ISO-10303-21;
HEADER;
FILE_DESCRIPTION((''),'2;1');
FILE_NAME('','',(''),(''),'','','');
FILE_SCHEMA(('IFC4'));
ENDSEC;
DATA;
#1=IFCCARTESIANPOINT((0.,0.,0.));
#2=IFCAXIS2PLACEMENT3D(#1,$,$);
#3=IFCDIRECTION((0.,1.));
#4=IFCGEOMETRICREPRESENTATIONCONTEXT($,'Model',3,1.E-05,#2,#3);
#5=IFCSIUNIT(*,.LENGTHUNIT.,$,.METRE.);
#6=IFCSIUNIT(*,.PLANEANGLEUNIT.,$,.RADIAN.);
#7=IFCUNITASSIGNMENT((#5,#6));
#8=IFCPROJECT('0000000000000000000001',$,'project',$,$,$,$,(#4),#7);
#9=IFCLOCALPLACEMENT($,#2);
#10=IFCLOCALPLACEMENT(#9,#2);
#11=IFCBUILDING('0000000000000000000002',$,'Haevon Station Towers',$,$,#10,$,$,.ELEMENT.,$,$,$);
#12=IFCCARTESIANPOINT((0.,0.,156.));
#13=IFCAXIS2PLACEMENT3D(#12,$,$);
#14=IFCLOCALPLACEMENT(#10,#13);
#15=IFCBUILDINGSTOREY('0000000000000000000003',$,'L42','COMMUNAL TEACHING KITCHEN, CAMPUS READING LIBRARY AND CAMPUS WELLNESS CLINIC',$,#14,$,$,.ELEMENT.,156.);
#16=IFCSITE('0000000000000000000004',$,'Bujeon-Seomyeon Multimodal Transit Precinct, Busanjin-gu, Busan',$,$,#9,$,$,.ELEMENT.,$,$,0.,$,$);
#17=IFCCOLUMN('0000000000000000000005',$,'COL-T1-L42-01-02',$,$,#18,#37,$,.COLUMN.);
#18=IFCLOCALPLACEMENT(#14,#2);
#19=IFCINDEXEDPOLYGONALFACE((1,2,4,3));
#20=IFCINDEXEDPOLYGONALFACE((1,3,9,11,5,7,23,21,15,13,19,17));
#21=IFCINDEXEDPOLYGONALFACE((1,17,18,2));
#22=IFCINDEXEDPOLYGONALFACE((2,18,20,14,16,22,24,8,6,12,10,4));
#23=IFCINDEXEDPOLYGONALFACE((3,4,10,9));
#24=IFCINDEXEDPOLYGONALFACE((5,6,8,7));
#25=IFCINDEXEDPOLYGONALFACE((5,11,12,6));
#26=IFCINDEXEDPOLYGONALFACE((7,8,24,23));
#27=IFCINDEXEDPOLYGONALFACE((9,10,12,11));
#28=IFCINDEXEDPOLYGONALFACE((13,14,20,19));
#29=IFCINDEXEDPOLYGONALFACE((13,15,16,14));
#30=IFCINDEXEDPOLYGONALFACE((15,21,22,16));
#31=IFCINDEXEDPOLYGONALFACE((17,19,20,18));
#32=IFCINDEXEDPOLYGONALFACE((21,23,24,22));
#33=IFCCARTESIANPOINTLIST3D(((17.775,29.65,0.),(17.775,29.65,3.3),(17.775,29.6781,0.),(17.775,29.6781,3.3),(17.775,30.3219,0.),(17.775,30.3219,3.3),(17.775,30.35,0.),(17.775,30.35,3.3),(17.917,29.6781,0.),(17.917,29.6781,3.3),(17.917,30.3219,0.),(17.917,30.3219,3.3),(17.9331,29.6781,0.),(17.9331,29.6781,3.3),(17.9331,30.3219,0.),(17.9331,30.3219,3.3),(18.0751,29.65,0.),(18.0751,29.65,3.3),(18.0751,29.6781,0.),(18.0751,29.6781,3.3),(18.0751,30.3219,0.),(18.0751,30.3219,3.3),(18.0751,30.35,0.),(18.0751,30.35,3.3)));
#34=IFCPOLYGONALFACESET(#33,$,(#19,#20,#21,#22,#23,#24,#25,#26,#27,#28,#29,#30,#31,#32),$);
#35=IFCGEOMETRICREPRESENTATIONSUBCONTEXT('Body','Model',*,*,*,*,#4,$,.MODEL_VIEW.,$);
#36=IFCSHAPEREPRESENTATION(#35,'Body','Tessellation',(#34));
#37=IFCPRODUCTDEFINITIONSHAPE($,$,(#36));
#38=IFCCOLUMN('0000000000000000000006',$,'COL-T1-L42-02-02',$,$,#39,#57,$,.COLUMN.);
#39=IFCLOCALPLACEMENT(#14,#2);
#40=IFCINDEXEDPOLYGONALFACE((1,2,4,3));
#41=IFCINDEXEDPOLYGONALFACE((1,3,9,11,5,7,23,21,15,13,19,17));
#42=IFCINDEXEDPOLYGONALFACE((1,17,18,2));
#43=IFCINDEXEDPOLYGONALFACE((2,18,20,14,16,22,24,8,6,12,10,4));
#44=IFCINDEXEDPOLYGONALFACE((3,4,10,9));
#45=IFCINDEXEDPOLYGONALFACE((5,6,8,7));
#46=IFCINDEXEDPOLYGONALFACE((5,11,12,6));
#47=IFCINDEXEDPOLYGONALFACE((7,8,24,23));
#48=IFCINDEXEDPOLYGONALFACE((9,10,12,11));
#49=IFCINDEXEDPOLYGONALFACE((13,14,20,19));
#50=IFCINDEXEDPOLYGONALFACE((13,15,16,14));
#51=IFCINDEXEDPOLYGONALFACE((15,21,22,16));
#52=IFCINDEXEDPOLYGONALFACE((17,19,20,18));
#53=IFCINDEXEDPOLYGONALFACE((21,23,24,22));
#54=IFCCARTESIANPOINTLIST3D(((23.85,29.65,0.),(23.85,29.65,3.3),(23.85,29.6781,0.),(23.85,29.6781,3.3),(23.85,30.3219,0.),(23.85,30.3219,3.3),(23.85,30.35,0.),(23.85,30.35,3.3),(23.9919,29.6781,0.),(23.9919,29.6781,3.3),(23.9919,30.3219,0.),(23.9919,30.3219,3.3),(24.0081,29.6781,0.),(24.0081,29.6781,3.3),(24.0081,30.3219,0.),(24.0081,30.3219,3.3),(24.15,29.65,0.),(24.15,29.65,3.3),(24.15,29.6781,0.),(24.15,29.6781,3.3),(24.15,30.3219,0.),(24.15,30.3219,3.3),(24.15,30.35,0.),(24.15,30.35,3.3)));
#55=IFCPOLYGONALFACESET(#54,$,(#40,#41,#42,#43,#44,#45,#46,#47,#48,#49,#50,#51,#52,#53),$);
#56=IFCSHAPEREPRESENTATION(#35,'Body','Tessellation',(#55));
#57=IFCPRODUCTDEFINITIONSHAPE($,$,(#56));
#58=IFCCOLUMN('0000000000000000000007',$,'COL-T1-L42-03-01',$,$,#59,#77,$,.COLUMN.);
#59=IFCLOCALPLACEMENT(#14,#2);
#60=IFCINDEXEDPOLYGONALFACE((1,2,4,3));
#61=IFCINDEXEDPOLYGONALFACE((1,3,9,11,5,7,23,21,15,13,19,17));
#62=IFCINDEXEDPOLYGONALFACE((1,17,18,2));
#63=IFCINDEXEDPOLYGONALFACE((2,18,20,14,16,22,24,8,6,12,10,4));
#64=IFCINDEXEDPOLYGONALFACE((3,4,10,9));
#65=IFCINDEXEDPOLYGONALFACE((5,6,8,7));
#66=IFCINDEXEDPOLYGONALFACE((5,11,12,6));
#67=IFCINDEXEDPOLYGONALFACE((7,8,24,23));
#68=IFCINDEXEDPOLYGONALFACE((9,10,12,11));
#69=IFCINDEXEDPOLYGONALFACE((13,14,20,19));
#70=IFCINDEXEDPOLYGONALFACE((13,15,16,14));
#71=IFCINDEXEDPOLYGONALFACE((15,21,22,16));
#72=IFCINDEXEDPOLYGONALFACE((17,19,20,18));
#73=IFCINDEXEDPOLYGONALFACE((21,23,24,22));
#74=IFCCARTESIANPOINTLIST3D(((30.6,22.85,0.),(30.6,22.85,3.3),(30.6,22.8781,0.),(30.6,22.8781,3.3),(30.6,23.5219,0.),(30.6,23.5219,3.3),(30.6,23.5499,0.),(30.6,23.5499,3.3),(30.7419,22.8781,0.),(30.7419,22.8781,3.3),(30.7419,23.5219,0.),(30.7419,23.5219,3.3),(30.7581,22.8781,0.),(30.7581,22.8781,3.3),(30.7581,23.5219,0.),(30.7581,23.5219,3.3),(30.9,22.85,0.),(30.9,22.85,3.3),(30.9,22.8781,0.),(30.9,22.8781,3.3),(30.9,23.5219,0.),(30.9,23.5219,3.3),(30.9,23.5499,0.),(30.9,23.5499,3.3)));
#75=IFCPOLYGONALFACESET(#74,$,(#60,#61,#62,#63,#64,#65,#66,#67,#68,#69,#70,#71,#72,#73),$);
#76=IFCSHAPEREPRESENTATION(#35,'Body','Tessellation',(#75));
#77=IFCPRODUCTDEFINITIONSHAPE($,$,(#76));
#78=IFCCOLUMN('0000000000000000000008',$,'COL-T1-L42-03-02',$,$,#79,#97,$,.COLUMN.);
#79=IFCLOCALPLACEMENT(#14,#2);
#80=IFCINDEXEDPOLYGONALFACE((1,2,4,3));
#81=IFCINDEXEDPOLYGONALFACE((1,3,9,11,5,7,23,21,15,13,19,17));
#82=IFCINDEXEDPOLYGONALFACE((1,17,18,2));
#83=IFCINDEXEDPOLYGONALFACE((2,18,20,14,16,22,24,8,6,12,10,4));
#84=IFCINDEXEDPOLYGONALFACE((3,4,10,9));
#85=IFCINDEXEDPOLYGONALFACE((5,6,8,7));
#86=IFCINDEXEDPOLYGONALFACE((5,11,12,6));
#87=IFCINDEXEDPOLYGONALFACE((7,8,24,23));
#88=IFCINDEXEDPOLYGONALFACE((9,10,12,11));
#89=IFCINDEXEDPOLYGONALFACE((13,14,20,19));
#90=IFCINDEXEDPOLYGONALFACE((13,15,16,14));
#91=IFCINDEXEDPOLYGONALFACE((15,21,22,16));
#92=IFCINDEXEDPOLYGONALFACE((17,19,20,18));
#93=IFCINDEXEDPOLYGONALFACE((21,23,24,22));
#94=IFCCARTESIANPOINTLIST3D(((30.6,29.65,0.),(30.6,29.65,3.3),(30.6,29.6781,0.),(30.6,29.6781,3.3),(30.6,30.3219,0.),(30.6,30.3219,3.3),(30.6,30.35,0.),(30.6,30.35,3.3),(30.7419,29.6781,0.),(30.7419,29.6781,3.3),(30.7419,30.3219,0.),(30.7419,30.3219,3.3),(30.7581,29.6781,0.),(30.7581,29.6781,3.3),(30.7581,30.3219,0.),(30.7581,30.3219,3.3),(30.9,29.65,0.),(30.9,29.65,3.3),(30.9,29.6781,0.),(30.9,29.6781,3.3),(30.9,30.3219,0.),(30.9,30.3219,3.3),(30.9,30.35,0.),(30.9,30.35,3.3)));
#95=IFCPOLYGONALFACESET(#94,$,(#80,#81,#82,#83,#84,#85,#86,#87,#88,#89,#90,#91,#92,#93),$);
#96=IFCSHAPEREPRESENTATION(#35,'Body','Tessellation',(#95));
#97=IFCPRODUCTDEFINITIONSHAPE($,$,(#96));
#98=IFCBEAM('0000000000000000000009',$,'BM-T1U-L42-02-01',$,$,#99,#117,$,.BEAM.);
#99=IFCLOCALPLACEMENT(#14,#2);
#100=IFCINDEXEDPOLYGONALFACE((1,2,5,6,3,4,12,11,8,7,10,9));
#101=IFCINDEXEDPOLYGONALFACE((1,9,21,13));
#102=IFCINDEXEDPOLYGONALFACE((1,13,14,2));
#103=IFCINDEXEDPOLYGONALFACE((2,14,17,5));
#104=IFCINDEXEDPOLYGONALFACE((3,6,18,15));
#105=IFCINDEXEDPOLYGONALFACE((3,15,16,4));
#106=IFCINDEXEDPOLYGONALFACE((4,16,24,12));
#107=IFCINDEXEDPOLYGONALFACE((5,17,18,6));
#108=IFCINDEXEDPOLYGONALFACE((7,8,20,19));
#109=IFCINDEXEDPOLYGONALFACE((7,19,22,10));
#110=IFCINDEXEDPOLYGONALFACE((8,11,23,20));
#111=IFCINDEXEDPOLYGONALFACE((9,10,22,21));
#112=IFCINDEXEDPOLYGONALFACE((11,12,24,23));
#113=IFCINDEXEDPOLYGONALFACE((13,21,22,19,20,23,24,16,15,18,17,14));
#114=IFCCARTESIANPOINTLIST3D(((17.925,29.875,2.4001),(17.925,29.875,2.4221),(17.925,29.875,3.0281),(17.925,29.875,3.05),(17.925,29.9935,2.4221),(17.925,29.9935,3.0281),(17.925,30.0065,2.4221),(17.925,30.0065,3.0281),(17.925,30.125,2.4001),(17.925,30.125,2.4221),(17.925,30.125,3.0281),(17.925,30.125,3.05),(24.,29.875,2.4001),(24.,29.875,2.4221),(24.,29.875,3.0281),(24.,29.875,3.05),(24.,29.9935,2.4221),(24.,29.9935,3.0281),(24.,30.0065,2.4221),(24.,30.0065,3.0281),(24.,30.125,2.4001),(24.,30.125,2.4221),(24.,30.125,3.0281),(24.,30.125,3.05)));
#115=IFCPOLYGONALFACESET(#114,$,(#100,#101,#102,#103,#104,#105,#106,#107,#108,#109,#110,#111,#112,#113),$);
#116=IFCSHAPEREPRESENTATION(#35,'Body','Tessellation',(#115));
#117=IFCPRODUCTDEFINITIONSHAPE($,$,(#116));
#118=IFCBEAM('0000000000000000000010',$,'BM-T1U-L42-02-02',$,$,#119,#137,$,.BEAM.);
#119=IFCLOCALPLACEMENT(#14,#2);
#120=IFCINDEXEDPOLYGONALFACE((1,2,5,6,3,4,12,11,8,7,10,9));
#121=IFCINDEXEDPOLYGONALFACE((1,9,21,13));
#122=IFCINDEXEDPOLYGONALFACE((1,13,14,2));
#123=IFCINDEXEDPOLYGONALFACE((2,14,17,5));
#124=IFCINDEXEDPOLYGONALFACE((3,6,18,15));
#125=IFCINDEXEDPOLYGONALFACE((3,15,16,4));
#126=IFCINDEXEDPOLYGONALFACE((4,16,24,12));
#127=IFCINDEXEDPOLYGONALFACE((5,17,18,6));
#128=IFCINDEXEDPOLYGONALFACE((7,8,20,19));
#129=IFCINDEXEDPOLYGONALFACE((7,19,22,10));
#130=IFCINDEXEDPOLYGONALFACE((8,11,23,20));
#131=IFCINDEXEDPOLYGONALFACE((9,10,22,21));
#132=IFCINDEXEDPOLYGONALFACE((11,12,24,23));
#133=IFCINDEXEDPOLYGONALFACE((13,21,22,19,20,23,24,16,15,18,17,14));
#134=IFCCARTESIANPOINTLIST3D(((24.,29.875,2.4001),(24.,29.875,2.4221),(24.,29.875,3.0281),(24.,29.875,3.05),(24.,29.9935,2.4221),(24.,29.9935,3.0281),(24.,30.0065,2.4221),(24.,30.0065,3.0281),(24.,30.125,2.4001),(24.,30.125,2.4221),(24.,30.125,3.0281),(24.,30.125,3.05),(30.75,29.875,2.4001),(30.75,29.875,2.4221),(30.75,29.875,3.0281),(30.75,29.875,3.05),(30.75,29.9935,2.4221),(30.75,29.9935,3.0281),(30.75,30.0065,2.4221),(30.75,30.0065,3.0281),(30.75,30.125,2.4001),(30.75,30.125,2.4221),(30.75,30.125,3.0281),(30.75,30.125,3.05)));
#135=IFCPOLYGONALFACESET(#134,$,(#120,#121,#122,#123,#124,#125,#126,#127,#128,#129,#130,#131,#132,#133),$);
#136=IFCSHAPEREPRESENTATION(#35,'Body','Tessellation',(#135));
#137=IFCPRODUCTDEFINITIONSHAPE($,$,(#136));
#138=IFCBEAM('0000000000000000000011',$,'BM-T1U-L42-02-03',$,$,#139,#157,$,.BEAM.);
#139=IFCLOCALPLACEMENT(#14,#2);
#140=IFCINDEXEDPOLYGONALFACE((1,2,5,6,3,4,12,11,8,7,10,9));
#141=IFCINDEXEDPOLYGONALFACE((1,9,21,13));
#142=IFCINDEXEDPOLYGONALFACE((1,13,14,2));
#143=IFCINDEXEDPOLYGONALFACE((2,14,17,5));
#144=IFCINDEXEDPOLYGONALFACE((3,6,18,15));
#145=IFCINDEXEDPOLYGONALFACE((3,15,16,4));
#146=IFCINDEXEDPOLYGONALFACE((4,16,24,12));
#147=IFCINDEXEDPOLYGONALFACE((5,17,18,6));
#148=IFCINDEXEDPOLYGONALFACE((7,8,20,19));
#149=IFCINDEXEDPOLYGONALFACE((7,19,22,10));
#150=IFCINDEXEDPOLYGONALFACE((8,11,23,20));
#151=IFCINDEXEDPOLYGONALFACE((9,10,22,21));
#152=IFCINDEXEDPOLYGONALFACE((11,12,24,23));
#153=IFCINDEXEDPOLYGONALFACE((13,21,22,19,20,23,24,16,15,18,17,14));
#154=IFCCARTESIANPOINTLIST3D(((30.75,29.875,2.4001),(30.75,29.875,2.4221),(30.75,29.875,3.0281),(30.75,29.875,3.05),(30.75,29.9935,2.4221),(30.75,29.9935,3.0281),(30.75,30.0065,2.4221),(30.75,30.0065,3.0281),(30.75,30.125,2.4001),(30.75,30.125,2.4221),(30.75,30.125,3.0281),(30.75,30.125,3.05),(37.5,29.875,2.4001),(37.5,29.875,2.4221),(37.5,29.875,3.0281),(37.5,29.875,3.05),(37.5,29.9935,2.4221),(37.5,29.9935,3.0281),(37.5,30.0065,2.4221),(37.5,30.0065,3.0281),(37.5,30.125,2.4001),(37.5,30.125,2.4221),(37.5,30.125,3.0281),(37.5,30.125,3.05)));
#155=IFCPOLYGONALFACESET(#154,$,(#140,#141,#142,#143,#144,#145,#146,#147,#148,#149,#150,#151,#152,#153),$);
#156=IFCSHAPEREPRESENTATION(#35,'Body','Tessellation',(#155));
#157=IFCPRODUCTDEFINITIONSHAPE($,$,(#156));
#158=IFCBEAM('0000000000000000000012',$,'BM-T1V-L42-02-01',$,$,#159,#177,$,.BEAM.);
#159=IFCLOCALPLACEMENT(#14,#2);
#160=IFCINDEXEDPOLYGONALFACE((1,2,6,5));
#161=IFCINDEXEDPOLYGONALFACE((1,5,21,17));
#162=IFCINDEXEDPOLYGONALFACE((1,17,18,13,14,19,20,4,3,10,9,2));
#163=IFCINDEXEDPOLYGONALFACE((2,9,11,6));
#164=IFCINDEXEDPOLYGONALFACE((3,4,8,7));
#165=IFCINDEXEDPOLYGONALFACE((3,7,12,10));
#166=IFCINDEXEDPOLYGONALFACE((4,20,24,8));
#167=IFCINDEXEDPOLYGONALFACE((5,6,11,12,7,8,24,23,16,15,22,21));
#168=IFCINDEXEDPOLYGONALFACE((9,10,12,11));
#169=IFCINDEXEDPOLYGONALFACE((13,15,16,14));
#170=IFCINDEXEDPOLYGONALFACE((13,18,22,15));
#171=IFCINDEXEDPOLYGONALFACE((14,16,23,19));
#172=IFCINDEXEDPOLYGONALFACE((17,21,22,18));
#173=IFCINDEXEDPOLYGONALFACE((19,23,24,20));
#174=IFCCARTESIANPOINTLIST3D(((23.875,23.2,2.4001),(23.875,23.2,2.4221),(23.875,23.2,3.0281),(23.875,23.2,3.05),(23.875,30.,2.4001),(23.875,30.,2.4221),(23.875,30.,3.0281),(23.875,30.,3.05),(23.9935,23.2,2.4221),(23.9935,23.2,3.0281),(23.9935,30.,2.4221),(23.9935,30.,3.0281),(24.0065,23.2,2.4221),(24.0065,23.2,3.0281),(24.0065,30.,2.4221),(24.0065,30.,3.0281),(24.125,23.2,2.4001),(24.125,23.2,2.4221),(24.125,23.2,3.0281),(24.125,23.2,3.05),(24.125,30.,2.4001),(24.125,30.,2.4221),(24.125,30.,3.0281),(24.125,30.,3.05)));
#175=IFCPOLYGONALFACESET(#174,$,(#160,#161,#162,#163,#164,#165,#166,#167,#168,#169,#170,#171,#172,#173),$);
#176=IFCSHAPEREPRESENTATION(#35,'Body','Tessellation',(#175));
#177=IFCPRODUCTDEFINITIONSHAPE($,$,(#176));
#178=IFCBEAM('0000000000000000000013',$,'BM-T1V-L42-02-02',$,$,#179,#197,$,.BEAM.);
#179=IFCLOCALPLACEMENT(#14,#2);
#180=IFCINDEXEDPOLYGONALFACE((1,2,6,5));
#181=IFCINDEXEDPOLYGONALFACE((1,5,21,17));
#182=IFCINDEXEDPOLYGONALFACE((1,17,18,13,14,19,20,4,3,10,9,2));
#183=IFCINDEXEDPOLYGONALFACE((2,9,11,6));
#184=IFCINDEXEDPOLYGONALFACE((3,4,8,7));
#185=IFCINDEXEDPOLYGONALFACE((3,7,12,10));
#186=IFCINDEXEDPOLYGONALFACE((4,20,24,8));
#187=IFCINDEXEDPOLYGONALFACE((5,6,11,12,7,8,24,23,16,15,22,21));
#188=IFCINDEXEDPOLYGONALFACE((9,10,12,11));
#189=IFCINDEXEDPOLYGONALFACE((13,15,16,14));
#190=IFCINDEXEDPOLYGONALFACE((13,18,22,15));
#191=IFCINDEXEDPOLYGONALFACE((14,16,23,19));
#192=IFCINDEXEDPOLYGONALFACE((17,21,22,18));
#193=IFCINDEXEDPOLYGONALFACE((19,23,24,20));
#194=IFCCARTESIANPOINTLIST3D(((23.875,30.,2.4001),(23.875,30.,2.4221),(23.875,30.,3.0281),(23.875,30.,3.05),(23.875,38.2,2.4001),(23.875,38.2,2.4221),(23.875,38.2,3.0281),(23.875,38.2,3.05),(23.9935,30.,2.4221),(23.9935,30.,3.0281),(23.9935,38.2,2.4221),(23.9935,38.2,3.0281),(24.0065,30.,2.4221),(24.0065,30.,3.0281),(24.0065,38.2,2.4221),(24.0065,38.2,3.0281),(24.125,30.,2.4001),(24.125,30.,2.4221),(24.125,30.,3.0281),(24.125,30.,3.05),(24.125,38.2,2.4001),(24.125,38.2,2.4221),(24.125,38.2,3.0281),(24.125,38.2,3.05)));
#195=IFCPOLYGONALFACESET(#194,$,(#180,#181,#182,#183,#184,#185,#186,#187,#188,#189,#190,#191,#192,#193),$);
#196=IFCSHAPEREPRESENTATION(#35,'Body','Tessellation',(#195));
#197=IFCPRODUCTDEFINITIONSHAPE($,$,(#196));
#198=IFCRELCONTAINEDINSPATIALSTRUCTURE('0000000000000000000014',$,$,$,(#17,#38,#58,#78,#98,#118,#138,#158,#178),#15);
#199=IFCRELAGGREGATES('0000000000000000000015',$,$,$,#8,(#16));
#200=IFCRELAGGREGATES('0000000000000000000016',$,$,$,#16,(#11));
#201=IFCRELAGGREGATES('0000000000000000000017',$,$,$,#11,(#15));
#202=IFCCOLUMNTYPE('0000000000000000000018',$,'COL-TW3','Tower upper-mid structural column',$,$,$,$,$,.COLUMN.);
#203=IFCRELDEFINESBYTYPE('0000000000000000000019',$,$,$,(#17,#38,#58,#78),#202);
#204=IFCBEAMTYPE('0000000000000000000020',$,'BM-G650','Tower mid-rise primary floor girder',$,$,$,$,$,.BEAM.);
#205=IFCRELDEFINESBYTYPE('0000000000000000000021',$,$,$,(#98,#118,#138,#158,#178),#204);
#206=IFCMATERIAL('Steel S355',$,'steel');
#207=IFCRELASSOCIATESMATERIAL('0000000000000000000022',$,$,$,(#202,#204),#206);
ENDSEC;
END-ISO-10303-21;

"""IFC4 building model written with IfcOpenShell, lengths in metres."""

from ifc_helpers import new_model, si_unit, direction, frame, origin, origin_2d, place, context, subcontext, project, spatial, i_section, extrude, material, material_profile, profile_set, type_object, element, save


model = new_model("IFC4")

# Units and contexts
model_context = context("Model", 3, precision=1e-05, world=origin(), true_north=direction((0.0, 1.0)))
body_context = subcontext(model_context, "Body", "Model", "MODEL_VIEW")
ifc_project = project(units=[si_unit("LENGTHUNIT", "METRE"), si_unit("PLANEANGLEUNIT", "RADIAN")], contexts=[model_context])

# Site, building, storey
site_placement = place(None, origin())
site = spatial("IfcSite", under=ifc_project, at=site_placement, Name="Bujeon-Seomyeon Multimodal Transit Precinct, Busanjin-gu, Busan", CompositionType="ELEMENT", RefElevation=0.0)
building_placement = place(site_placement, origin())
building = spatial("IfcBuilding", under=site, at=building_placement, Name="Haevon Station Towers", CompositionType="ELEMENT")
storey_placement = place(building_placement, frame((0.0, 0.0, 156.0)))
storey = spatial("IfcBuildingStorey", under=building, at=storey_placement, Name="L42", Description="COMMUNAL TEACHING KITCHEN, CAMPUS READING LIBRARY AND CAMPUS WELLNESS CLINIC", CompositionType="ELEMENT", Elevation=156.0)

# Columns
ifc_material_1 = material(Name="Steel S355", Category="steel")
ifc_material_profile_1 = material_profile(ifc_material_1, i_section(OverallWidth=0.3, OverallDepth=0.7, WebThickness=0.0161, FlangeThickness=0.0281, at=origin_2d()), Name="H-700x300x16x28")
ifc_profile_set_1 = profile_set([ifc_material_profile_1], Name="Steel S355")
column_type = type_object("IfcColumnType", Name="COL-TW3", Description="Tower upper-mid structural column", PredefinedType="COLUMN", material=ifc_profile_set_1)
for number, where, z_axis, x_axis, name in (
    (1, (17.925, 30.0, 0.0), (0.0, 0.0, 1.0), (1.0, 0.0, 0.0), "COL-T1-L42-01-02"),
    (2, (24.0, 30.0, 0.0), (0.0, 0.0, 1.0), (1.0, 0.0, 0.0), "COL-T1-L42-02-02"),
    (3, (30.75, 23.2, 0.0), (0.0, 0.0, 1.0), (1.0, 0.0, 0.0), "COL-T1-L42-03-01"),
    (4, (30.75, 30.0, 0.0), (0.0, 0.0, 1.0), (1.0, 0.0, 0.0), "COL-T1-L42-03-02"),
):
    element("IfcColumn", number, at=place(storey_placement, frame(where, z_axis=z_axis, x_axis=x_axis)), inside=storey, type_object=column_type, Name=name, PredefinedType="COLUMN", context=body_context, shape_type="SweptSolid", body=[
        extrude(i_section(OverallWidth=0.3, OverallDepth=0.7, WebThickness=0.0161, FlangeThickness=0.0281, at=origin_2d()), origin(), (0.0, 0.0, 1.0), 3.3),
    ])

# Beams
ifc_material_profile_2 = material_profile(ifc_material_1, i_section(OverallWidth=0.25, OverallDepth=0.6499, WebThickness=0.0129, FlangeThickness=0.022, at=origin_2d()), Name="H-650x250x13x22")
ifc_profile_set_2 = profile_set([ifc_material_profile_2], Name="Steel S355")
beam_type_1 = type_object("IfcBeamType", Name="BM-G650", Description="Tower mid-rise primary floor girder", PredefinedType="BEAM", material=ifc_profile_set_2)
beam_1_placement = place(storey_placement, frame((17.925, 30.0, 2.7251), z_axis=(1.0, 0.0, 0.0), x_axis=(0.0, 1.0, 0.0)))
element("IfcBeam", 5, at=beam_1_placement, inside=storey, type_object=beam_type_1, Name="BM-T1U-L42-02-01", PredefinedType="BEAM", context=body_context, shape_type="SweptSolid", body=[
    extrude(i_section(OverallWidth=0.25, OverallDepth=0.6499, WebThickness=0.0129, FlangeThickness=0.022, at=origin_2d()), origin(), (0.0, 0.0, 1.0), 6.075),
])
for number, where, z_axis, x_axis, name in (
    (6, (24.0, 30.0, 2.7251), (1.0, 0.0, 0.0), (0.0, 1.0, 0.0), "BM-T1U-L42-02-02"),
    (7, (30.75, 30.0, 2.7251), (1.0, 0.0, 0.0), (0.0, 1.0, 0.0), "BM-T1U-L42-02-03"),
):
    element("IfcBeam", number, at=place(storey_placement, frame(where, z_axis=z_axis, x_axis=x_axis)), inside=storey, type_object=beam_type_1, Name=name, PredefinedType="BEAM", context=body_context, shape_type="SweptSolid", body=[
        extrude(i_section(OverallWidth=0.25, OverallDepth=0.6499, WebThickness=0.0129, FlangeThickness=0.022, at=origin_2d()), origin(), (0.0, 0.0, 1.0), 6.75),
    ])
beam_2_placement = place(storey_placement, frame((24.0, 23.2, 2.7251), z_axis=(0.0, 1.0, 0.0), x_axis=(-1.0, 0.0, 0.0)))
element("IfcBeam", 8, at=beam_2_placement, inside=storey, type_object=beam_type_1, Name="BM-T1V-L42-02-01", PredefinedType="BEAM", context=body_context, shape_type="SweptSolid", body=[
    extrude(i_section(OverallWidth=0.25, OverallDepth=0.6499, WebThickness=0.0129, FlangeThickness=0.022, at=origin_2d()), origin(), (0.0, 0.0, 1.0), 6.8),
])
beam_3_placement = place(storey_placement, frame((24.0, 30.0, 2.7251), z_axis=(0.0, 1.0, 0.0), x_axis=(-1.0, 0.0, 0.0)))
element("IfcBeam", 9, at=beam_3_placement, inside=storey, type_object=beam_type_1, Name="BM-T1V-L42-02-02", PredefinedType="BEAM", context=body_context, shape_type="SweptSolid", body=[
    extrude(i_section(OverallWidth=0.25, OverallDepth=0.6499, WebThickness=0.0129, FlangeThickness=0.022, at=origin_2d()), origin(), (0.0, 0.0, 1.0), 8.2),
])

save(model, "model.ifc")
